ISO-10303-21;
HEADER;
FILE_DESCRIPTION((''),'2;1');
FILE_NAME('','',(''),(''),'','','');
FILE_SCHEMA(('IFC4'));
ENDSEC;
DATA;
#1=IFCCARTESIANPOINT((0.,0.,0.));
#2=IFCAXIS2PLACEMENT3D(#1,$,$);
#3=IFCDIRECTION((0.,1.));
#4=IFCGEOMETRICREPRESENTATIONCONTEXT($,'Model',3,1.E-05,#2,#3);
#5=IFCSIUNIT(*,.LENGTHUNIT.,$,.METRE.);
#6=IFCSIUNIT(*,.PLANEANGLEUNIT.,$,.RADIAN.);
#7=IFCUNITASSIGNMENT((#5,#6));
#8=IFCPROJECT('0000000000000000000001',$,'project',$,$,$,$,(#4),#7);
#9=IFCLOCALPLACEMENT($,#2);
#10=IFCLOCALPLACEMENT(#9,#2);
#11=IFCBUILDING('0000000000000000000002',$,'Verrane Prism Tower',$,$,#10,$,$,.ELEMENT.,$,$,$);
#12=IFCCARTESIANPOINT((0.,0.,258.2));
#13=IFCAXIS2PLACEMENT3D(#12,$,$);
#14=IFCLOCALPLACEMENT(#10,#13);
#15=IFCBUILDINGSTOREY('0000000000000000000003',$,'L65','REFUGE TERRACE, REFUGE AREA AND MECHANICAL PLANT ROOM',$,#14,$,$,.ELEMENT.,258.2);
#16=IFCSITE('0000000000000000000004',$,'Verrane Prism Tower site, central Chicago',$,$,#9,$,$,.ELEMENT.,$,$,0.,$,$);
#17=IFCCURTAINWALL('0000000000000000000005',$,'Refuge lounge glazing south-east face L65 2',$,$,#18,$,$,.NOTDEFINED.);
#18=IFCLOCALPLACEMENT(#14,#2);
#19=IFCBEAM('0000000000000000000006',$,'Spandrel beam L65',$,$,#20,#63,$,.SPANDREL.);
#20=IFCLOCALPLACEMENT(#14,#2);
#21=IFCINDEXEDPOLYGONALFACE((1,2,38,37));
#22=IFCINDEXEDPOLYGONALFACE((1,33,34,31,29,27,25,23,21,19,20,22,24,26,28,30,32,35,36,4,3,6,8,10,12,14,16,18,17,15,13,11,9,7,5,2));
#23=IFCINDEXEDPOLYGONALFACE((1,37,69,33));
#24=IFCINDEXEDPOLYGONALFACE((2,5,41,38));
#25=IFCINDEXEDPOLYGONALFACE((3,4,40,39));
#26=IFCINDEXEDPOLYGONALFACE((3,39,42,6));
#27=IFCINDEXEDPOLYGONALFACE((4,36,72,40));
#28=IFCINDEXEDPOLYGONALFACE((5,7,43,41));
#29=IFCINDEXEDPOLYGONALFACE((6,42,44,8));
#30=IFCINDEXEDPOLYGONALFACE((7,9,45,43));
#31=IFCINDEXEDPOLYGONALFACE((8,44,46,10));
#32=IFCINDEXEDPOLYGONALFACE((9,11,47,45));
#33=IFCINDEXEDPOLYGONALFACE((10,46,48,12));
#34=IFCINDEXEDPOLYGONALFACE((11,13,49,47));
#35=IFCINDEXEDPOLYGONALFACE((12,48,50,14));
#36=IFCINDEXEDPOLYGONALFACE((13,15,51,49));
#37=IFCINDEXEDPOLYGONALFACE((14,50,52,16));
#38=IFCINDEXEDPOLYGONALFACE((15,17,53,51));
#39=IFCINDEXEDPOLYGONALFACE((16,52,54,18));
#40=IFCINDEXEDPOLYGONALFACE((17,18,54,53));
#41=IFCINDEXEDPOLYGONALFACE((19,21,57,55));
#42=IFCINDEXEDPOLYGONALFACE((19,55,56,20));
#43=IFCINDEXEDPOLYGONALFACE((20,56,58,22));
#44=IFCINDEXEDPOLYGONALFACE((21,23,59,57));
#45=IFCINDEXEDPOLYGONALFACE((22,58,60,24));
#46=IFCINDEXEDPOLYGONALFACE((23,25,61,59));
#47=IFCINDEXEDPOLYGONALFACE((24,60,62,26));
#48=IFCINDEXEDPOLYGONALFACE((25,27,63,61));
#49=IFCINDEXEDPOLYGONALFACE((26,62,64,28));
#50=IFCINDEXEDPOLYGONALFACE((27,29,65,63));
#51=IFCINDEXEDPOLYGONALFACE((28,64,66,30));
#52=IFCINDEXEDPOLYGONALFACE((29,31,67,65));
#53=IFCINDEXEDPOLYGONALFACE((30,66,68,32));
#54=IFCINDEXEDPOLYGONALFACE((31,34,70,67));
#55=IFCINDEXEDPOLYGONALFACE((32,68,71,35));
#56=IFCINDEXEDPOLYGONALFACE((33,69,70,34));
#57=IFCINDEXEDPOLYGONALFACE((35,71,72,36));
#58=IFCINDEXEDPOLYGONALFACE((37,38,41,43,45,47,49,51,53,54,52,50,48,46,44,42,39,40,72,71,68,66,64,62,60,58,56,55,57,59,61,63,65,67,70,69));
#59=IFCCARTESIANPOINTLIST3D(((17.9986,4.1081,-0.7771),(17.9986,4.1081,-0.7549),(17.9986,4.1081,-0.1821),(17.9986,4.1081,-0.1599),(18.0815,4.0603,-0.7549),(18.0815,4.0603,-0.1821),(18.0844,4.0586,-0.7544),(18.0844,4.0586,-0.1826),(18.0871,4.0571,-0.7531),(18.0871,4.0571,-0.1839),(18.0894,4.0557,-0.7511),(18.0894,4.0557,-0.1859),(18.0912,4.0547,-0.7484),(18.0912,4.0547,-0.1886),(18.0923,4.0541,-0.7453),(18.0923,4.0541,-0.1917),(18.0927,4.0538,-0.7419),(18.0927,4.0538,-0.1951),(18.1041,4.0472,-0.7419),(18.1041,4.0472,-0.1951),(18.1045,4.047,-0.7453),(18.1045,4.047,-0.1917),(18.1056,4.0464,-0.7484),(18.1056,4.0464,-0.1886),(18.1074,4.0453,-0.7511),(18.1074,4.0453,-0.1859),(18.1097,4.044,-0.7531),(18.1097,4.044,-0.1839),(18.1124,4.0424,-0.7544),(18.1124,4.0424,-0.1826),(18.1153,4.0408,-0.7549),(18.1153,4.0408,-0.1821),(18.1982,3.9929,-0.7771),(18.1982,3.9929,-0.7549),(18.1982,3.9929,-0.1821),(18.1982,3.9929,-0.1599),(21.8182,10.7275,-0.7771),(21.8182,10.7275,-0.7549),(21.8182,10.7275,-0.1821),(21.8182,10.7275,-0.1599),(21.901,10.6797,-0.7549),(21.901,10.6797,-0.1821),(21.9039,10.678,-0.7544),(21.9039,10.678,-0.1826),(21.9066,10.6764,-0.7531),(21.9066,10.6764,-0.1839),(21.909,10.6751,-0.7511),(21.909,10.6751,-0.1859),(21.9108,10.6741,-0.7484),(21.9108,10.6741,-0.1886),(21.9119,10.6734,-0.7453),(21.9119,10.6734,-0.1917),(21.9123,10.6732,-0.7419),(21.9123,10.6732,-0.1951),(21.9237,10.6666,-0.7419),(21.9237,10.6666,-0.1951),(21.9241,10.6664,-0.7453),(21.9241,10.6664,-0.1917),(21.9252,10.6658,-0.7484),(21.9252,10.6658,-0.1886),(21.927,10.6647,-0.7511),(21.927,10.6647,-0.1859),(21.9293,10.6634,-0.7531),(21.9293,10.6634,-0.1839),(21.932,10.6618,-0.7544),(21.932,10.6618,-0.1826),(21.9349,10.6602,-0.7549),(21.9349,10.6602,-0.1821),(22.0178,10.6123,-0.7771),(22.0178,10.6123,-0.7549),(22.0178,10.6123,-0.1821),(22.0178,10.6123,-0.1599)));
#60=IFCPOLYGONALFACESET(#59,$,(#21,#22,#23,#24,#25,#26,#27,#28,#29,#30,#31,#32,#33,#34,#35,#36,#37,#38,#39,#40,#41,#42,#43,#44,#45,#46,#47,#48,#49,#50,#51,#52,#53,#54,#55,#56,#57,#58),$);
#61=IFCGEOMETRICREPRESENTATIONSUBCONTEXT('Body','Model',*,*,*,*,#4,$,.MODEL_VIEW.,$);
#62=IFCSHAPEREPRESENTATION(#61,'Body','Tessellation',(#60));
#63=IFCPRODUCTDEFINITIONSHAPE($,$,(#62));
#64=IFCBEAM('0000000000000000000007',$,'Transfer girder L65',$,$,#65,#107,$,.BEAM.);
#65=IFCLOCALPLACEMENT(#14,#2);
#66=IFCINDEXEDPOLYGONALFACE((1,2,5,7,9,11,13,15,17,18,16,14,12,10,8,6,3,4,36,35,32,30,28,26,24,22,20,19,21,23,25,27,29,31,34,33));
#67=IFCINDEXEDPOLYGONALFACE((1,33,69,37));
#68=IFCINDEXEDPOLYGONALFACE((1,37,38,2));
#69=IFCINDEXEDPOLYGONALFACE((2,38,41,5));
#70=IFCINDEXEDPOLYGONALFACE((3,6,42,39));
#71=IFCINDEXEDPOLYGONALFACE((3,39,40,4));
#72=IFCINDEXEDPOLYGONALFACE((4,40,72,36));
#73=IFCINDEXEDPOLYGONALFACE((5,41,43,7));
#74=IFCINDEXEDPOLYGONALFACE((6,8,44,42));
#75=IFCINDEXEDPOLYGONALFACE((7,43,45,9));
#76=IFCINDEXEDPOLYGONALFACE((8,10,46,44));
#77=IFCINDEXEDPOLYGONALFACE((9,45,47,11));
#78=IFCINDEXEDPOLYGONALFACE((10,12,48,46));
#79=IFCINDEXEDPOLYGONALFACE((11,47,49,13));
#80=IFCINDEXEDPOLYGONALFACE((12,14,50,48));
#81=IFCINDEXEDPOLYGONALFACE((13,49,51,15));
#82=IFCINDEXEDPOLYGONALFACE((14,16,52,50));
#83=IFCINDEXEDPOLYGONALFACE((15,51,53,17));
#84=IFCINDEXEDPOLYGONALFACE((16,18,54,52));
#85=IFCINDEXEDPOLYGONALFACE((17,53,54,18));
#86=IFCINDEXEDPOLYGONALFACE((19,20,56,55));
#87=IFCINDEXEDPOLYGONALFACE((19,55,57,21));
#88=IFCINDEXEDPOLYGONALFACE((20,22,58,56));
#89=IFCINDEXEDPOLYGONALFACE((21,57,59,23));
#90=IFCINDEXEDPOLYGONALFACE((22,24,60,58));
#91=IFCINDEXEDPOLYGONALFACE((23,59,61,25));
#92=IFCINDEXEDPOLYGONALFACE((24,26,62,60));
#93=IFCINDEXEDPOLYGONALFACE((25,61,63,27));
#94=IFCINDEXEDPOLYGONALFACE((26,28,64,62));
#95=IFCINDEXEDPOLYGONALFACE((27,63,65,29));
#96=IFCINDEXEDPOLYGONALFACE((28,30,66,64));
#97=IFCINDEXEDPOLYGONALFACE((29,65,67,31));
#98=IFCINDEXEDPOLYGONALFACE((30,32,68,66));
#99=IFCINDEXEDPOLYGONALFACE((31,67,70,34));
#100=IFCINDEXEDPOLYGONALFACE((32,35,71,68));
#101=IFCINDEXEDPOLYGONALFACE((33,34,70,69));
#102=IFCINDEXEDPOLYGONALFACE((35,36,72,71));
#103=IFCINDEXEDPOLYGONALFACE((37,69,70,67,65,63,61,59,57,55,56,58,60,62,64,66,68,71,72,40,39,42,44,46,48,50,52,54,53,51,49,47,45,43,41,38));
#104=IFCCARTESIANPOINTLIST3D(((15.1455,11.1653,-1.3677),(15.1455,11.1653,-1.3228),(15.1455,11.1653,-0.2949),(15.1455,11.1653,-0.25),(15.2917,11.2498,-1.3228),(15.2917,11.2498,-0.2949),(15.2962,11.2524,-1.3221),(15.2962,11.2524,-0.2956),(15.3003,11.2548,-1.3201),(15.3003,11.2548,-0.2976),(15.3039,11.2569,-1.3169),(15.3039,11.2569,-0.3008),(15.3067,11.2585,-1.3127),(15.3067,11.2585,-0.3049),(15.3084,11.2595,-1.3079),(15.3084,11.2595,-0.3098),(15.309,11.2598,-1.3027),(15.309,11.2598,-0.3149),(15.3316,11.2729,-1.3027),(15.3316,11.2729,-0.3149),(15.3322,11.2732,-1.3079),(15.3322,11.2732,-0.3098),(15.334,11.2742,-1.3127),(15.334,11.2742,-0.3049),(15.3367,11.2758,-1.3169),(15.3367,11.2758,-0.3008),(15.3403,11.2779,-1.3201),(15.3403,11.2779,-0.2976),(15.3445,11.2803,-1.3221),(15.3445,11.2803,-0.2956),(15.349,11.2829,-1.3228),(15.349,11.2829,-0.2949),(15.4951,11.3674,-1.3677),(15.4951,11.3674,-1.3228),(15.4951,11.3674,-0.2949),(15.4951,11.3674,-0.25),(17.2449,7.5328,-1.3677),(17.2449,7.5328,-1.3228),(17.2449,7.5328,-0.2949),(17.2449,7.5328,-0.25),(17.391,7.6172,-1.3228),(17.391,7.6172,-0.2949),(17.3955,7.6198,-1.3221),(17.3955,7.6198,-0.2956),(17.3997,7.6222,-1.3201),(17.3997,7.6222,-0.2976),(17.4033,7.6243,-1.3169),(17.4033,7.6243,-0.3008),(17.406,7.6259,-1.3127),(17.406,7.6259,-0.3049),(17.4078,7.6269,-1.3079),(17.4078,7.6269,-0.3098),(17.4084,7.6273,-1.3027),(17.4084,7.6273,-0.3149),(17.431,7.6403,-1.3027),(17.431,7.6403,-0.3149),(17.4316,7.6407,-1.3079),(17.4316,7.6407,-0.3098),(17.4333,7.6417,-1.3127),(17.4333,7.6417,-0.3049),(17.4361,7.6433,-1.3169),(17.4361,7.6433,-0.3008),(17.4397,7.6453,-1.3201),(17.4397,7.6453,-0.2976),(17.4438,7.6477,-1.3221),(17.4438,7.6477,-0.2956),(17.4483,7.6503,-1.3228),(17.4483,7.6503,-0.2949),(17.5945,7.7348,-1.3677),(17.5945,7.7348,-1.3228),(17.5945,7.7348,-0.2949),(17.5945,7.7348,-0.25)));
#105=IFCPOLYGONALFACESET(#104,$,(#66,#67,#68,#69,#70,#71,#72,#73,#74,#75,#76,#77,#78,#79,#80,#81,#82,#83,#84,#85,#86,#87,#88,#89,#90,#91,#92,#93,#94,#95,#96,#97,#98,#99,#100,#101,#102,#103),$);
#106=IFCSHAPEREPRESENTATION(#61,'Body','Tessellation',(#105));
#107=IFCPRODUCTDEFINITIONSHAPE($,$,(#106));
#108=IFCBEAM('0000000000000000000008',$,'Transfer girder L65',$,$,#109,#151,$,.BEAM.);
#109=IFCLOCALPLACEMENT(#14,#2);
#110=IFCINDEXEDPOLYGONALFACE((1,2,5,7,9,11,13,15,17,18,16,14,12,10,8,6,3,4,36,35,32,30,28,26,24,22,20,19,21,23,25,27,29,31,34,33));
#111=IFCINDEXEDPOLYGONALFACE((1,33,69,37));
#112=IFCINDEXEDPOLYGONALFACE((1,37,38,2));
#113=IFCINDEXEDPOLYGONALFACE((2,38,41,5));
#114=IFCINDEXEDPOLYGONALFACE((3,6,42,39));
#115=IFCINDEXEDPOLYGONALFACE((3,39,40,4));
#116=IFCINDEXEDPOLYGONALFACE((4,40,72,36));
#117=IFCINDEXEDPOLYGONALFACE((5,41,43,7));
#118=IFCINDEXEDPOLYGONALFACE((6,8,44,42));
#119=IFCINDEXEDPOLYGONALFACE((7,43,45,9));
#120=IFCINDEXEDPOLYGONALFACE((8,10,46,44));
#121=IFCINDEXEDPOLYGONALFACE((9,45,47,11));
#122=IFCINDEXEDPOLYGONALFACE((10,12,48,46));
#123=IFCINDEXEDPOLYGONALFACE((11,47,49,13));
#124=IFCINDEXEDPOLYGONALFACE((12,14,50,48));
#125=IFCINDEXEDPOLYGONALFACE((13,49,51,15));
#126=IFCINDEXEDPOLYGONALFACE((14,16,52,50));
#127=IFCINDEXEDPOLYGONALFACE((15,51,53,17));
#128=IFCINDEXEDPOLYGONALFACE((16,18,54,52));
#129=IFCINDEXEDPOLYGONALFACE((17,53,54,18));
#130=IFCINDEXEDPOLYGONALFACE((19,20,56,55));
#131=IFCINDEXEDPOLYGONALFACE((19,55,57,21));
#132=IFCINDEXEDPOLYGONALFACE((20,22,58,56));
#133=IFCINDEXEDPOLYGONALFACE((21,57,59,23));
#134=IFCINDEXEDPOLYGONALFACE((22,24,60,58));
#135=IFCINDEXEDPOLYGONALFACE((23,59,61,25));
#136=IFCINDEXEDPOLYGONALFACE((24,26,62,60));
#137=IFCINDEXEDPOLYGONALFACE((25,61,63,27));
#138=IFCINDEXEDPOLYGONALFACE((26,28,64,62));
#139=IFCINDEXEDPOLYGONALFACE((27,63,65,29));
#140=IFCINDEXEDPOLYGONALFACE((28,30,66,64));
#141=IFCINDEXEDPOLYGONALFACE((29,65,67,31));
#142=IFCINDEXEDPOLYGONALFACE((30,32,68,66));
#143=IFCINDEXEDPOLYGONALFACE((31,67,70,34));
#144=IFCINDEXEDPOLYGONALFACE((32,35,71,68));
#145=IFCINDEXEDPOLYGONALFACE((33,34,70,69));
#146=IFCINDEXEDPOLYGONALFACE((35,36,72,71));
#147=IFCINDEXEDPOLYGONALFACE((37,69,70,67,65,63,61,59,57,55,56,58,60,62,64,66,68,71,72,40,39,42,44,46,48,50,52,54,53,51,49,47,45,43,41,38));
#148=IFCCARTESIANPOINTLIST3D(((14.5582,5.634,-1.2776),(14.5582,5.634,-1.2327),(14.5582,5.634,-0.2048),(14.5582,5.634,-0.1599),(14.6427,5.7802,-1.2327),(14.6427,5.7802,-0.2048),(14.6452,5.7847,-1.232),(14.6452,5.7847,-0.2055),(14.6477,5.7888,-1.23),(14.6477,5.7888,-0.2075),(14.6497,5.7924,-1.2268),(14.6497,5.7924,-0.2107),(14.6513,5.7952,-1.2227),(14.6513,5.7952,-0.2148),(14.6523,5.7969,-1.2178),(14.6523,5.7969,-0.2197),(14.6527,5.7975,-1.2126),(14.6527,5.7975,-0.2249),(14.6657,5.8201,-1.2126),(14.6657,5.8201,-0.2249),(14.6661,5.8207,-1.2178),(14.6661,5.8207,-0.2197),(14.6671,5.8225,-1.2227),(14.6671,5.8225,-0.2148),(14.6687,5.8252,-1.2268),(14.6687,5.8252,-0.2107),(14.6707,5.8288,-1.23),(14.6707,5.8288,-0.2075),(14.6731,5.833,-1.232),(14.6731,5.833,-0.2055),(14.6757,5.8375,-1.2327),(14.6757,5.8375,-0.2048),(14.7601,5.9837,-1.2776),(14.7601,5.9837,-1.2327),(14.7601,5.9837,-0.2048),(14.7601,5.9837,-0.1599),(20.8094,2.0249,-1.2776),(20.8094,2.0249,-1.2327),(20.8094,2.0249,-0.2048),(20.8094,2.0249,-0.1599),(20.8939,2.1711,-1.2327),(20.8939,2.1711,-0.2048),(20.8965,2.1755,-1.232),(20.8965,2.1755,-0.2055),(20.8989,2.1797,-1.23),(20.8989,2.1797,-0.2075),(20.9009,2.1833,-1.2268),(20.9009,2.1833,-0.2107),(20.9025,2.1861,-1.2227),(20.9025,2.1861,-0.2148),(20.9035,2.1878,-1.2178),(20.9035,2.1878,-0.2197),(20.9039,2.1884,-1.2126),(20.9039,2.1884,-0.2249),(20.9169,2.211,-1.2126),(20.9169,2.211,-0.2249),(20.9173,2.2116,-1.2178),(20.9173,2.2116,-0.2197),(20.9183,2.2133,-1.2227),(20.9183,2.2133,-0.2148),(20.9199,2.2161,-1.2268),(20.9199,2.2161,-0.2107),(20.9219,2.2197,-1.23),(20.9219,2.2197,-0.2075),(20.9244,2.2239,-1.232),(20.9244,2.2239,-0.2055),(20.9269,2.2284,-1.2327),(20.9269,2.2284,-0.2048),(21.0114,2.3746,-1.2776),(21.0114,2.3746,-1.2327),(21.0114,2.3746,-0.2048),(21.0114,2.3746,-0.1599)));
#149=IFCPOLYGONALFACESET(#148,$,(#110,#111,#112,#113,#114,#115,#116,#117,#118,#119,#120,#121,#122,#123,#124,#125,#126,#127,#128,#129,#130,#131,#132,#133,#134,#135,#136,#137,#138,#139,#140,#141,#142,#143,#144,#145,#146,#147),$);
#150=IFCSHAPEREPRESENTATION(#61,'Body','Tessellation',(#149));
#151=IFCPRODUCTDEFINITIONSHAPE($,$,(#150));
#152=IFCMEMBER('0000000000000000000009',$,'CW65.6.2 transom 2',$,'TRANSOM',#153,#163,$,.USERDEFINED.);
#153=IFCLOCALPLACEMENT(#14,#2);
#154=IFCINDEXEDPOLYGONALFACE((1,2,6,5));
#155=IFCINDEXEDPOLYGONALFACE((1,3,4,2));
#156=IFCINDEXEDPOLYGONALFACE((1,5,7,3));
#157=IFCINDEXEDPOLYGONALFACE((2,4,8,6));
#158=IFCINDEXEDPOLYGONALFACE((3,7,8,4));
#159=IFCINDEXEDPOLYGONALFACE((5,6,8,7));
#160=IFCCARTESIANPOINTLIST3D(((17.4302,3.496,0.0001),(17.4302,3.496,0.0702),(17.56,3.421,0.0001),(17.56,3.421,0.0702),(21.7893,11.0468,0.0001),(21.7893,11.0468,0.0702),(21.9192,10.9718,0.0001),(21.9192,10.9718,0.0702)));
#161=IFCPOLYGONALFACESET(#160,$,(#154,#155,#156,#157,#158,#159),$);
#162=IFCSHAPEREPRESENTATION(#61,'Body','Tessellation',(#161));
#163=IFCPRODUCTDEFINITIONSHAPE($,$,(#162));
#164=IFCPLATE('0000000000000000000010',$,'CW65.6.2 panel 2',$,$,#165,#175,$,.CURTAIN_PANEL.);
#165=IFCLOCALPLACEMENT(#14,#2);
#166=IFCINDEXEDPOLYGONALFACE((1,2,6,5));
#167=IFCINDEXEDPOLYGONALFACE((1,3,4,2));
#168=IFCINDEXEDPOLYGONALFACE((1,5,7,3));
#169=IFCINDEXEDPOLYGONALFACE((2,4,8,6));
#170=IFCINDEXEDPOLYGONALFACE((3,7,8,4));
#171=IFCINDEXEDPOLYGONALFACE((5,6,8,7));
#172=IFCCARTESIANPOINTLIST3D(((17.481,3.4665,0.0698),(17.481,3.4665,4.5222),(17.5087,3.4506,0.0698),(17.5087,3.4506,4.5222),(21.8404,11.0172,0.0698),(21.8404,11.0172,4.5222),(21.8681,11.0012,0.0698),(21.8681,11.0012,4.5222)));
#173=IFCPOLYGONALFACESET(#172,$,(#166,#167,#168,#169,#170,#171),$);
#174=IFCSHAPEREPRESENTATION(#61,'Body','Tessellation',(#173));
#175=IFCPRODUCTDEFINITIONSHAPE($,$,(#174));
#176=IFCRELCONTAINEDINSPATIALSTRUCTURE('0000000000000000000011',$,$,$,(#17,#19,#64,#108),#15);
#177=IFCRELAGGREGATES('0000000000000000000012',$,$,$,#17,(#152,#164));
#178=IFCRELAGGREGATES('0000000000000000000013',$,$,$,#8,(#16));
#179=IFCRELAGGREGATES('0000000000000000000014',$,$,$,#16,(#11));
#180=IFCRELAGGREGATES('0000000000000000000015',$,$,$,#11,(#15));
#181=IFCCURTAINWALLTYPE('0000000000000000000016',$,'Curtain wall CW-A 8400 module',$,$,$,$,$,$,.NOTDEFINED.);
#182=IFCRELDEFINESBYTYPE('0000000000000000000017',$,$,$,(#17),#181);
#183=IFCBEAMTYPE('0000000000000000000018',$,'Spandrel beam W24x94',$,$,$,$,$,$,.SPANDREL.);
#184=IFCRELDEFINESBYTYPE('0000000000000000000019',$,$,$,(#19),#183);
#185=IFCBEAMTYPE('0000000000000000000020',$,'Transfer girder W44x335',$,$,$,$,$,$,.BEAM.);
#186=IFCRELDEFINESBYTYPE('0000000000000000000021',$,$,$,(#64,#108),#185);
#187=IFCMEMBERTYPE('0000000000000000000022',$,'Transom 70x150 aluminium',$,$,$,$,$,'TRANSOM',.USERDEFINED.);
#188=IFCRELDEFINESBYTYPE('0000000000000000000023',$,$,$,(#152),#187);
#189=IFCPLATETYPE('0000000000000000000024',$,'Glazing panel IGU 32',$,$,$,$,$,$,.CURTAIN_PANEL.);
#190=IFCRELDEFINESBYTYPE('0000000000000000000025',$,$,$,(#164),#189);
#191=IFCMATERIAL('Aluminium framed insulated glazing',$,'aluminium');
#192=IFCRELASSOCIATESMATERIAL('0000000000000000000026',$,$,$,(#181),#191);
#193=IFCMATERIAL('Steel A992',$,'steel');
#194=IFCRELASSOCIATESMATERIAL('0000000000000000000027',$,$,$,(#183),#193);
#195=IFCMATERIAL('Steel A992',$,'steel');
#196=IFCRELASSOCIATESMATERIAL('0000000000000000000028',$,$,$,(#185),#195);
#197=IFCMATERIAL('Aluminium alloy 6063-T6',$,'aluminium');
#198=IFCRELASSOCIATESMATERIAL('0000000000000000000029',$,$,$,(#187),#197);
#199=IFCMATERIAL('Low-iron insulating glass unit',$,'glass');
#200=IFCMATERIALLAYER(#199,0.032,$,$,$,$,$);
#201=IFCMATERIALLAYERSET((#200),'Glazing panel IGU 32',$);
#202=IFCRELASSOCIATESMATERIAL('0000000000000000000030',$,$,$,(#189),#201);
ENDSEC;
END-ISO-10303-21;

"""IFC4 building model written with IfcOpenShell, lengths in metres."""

from ifc_helpers import new_model, si_unit, direction, frame, origin, origin_2d, place, context, subcontext, project, spatial, rectangle, i_section, extrude, material, layer, layer_set, material_profile, profile_set, type_object, element, aggregate, save


model = new_model("IFC4")

# Units and contexts
model_context = context("Model", 3, precision=1e-05, world=origin(), true_north=direction((0.0, 1.0)))
body_context = subcontext(model_context, "Body", "Model", "MODEL_VIEW")
ifc_project = project(units=[si_unit("LENGTHUNIT", "METRE"), si_unit("PLANEANGLEUNIT", "RADIAN")], contexts=[model_context])

# Site, building, storey
site_placement = place(None, origin())
site = spatial("IfcSite", under=ifc_project, at=site_placement, Name="Verrane Prism Tower site, central Chicago", CompositionType="ELEMENT", RefElevation=0.0)
building_placement = place(site_placement, origin())
building = spatial("IfcBuilding", under=site, at=building_placement, Name="Verrane Prism Tower", CompositionType="ELEMENT")
storey_placement = place(building_placement, frame((0.0, 0.0, 258.2)))
storey = spatial("IfcBuildingStorey", under=building, at=storey_placement, Name="L65", Description="REFUGE TERRACE, REFUGE AREA AND MECHANICAL PLANT ROOM", CompositionType="ELEMENT", Elevation=258.2)

# Curtain wall
ifc_material_1 = material(Name="Aluminium framed insulated glazing", Category="aluminium")
curtain_wall_type = type_object("IfcCurtainWallType", Name="Curtain wall CW-A 8400 module", PredefinedType="NOTDEFINED", material=ifc_material_1)
curtain_wall_placement = place(storey_placement, origin())
curtain_wall = element("IfcCurtainWall", 1, at=curtain_wall_placement, inside=storey, type_object=curtain_wall_type, Name="Refuge lounge glazing south-east face L65 2", PredefinedType="NOTDEFINED")

# Beams
ifc_material_2 = material(Name="Steel A992", Category="steel")
ifc_material_profile_1 = material_profile(ifc_material_2, i_section(OverallWidth=0.2305, OverallDepth=0.6172, WebThickness=0.0132, FlangeThickness=0.0222, FilletRadius=0.0129, at=origin_2d()), Name="W24x94")
ifc_profile_set_1 = profile_set([ifc_material_profile_1], Name="Steel A992")
beam_type_1 = type_object("IfcBeamType", Name="Spandrel beam W24x94", PredefinedType="SPANDREL", material=ifc_profile_set_1)
beam_1_placement = place(storey_placement, frame((18.0984, 4.0505, -0.4685), z_axis=(0.499792, 0.866146, 0.0), x_axis=(-0.866146, 0.499792, 0.0)))
element("IfcBeam", 2, at=beam_1_placement, inside=storey, type_object=beam_type_1, Name="Spandrel beam L65", PredefinedType="SPANDREL", context=body_context, shape_type="SweptSolid", body=[
    extrude(i_section(OverallWidth=0.2305, OverallDepth=0.6172, WebThickness=0.0132, FlangeThickness=0.0222, FilletRadius=0.0129, at=origin_2d()), origin(), (0.0, 0.0, 1.0), 7.6423),
])
ifc_material_3 = material(Name="Steel A992", Category="steel")
ifc_material_profile_2 = material_profile(ifc_material_3, i_section(OverallWidth=0.4038, OverallDepth=1.1177, WebThickness=0.0261, FlangeThickness=0.0449, FilletRadius=0.02, at=origin_2d()), Name="W44x335")
ifc_profile_set_2 = profile_set([ifc_material_profile_2], Name="Steel A992")
beam_type_2 = type_object("IfcBeamType", Name="Transfer girder W44x335", PredefinedType="BEAM", material=ifc_profile_set_2)
beam_2_placement = place(storey_placement, frame((17.4197, 7.6338, -0.8088), z_axis=(-0.500376, 0.865808, 0.0), x_axis=(-0.865808, -0.500376, 0.0)))
element("IfcBeam", 3, at=beam_2_placement, inside=storey, type_object=beam_type_2, Name="Transfer girder L65", PredefinedType="BEAM", context=body_context, shape_type="SweptSolid", body=[
    extrude(i_section(OverallWidth=0.4038, OverallDepth=1.1177, WebThickness=0.0261, FlangeThickness=0.0449, FilletRadius=0.02, at=origin_2d()), origin(), (0.0, 0.0, 1.0), 4.1956),
])
beam_3_placement = place(storey_placement, frame((20.9104, 2.1997, -0.7188), z_axis=(-0.866026, 0.499999, 0.0), x_axis=(-0.499999, -0.866026, 0.0)))
element("IfcBeam", 4, at=beam_3_placement, inside=storey, type_object=beam_type_2, Name="Transfer girder L65", PredefinedType="BEAM", context=body_context, shape_type="SweptSolid", body=[
    extrude(i_section(OverallWidth=0.4038, OverallDepth=1.1177, WebThickness=0.0261, FlangeThickness=0.0449, FilletRadius=0.02, at=origin_2d()), origin(), (0.0, 0.0, 1.0), 7.2183),
])

# Member
ifc_material_4 = material(Name="Aluminium alloy 6063-T6", Category="aluminium")
ifc_material_profile_3 = material_profile(ifc_material_4, rectangle(XDim=0.1499, YDim=0.0701, at=origin_2d()), Name="Transom 70x150 aluminium")
ifc_profile_set_3 = profile_set([ifc_material_profile_3], Name="Aluminium alloy 6063-T6")
member_type_1 = type_object("IfcMemberType", Name="Transom 70x150 aluminium", ElementType="TRANSOM", PredefinedType="USERDEFINED", material=ifc_profile_set_3)
member_1_placement = place(storey_placement, frame((17.4951, 3.4585, 0.0352), z_axis=(0.499973, 0.866041, 0.0), x_axis=(-0.866041, 0.499973, 0.0)))
member_1 = element("IfcMember", 5, at=member_1_placement, type_object=member_type_1, Name="CW65.6.2 transom 2", ObjectType="TRANSOM", PredefinedType="USERDEFINED", context=body_context, shape_type="SweptSolid", body=[
    extrude(rectangle(XDim=0.1499, YDim=0.0701, at=origin_2d()), origin(), (0.0, 0.0, 1.0), 8.7188),
])

# Plate
ifc_material_5 = material(Name="Low-iron insulating glass unit", Category="glass")
ifc_layer_1 = layer(ifc_material_5, 0.032)
ifc_layer_set_1 = layer_set([ifc_layer_1], Name="Glazing panel IGU 32")
plate_type = type_object("IfcPlateType", Name="Glazing panel IGU 32", PredefinedType="CURTAIN_PANEL", material=ifc_layer_set_1)
plate_placement = place(storey_placement, frame((19.6746, 7.2339, 0.0698), z_axis=(0.0, 0.0, 1.0), x_axis=(0.499998, 0.866026, 0.0)))
plate = element("IfcPlate", 6, at=plate_placement, type_object=plate_type, Name="CW65.6.2 panel 2", PredefinedType="CURTAIN_PANEL", context=body_context, shape_type="SweptSolid", body=[
    extrude(rectangle(XDim=8.7188, YDim=0.032, at=origin_2d()), origin(), (0.0, 0.0, 1.0), 4.4524),
])
aggregate(curtain_wall, [member_1, plate])

save(model, "model.ifc")
